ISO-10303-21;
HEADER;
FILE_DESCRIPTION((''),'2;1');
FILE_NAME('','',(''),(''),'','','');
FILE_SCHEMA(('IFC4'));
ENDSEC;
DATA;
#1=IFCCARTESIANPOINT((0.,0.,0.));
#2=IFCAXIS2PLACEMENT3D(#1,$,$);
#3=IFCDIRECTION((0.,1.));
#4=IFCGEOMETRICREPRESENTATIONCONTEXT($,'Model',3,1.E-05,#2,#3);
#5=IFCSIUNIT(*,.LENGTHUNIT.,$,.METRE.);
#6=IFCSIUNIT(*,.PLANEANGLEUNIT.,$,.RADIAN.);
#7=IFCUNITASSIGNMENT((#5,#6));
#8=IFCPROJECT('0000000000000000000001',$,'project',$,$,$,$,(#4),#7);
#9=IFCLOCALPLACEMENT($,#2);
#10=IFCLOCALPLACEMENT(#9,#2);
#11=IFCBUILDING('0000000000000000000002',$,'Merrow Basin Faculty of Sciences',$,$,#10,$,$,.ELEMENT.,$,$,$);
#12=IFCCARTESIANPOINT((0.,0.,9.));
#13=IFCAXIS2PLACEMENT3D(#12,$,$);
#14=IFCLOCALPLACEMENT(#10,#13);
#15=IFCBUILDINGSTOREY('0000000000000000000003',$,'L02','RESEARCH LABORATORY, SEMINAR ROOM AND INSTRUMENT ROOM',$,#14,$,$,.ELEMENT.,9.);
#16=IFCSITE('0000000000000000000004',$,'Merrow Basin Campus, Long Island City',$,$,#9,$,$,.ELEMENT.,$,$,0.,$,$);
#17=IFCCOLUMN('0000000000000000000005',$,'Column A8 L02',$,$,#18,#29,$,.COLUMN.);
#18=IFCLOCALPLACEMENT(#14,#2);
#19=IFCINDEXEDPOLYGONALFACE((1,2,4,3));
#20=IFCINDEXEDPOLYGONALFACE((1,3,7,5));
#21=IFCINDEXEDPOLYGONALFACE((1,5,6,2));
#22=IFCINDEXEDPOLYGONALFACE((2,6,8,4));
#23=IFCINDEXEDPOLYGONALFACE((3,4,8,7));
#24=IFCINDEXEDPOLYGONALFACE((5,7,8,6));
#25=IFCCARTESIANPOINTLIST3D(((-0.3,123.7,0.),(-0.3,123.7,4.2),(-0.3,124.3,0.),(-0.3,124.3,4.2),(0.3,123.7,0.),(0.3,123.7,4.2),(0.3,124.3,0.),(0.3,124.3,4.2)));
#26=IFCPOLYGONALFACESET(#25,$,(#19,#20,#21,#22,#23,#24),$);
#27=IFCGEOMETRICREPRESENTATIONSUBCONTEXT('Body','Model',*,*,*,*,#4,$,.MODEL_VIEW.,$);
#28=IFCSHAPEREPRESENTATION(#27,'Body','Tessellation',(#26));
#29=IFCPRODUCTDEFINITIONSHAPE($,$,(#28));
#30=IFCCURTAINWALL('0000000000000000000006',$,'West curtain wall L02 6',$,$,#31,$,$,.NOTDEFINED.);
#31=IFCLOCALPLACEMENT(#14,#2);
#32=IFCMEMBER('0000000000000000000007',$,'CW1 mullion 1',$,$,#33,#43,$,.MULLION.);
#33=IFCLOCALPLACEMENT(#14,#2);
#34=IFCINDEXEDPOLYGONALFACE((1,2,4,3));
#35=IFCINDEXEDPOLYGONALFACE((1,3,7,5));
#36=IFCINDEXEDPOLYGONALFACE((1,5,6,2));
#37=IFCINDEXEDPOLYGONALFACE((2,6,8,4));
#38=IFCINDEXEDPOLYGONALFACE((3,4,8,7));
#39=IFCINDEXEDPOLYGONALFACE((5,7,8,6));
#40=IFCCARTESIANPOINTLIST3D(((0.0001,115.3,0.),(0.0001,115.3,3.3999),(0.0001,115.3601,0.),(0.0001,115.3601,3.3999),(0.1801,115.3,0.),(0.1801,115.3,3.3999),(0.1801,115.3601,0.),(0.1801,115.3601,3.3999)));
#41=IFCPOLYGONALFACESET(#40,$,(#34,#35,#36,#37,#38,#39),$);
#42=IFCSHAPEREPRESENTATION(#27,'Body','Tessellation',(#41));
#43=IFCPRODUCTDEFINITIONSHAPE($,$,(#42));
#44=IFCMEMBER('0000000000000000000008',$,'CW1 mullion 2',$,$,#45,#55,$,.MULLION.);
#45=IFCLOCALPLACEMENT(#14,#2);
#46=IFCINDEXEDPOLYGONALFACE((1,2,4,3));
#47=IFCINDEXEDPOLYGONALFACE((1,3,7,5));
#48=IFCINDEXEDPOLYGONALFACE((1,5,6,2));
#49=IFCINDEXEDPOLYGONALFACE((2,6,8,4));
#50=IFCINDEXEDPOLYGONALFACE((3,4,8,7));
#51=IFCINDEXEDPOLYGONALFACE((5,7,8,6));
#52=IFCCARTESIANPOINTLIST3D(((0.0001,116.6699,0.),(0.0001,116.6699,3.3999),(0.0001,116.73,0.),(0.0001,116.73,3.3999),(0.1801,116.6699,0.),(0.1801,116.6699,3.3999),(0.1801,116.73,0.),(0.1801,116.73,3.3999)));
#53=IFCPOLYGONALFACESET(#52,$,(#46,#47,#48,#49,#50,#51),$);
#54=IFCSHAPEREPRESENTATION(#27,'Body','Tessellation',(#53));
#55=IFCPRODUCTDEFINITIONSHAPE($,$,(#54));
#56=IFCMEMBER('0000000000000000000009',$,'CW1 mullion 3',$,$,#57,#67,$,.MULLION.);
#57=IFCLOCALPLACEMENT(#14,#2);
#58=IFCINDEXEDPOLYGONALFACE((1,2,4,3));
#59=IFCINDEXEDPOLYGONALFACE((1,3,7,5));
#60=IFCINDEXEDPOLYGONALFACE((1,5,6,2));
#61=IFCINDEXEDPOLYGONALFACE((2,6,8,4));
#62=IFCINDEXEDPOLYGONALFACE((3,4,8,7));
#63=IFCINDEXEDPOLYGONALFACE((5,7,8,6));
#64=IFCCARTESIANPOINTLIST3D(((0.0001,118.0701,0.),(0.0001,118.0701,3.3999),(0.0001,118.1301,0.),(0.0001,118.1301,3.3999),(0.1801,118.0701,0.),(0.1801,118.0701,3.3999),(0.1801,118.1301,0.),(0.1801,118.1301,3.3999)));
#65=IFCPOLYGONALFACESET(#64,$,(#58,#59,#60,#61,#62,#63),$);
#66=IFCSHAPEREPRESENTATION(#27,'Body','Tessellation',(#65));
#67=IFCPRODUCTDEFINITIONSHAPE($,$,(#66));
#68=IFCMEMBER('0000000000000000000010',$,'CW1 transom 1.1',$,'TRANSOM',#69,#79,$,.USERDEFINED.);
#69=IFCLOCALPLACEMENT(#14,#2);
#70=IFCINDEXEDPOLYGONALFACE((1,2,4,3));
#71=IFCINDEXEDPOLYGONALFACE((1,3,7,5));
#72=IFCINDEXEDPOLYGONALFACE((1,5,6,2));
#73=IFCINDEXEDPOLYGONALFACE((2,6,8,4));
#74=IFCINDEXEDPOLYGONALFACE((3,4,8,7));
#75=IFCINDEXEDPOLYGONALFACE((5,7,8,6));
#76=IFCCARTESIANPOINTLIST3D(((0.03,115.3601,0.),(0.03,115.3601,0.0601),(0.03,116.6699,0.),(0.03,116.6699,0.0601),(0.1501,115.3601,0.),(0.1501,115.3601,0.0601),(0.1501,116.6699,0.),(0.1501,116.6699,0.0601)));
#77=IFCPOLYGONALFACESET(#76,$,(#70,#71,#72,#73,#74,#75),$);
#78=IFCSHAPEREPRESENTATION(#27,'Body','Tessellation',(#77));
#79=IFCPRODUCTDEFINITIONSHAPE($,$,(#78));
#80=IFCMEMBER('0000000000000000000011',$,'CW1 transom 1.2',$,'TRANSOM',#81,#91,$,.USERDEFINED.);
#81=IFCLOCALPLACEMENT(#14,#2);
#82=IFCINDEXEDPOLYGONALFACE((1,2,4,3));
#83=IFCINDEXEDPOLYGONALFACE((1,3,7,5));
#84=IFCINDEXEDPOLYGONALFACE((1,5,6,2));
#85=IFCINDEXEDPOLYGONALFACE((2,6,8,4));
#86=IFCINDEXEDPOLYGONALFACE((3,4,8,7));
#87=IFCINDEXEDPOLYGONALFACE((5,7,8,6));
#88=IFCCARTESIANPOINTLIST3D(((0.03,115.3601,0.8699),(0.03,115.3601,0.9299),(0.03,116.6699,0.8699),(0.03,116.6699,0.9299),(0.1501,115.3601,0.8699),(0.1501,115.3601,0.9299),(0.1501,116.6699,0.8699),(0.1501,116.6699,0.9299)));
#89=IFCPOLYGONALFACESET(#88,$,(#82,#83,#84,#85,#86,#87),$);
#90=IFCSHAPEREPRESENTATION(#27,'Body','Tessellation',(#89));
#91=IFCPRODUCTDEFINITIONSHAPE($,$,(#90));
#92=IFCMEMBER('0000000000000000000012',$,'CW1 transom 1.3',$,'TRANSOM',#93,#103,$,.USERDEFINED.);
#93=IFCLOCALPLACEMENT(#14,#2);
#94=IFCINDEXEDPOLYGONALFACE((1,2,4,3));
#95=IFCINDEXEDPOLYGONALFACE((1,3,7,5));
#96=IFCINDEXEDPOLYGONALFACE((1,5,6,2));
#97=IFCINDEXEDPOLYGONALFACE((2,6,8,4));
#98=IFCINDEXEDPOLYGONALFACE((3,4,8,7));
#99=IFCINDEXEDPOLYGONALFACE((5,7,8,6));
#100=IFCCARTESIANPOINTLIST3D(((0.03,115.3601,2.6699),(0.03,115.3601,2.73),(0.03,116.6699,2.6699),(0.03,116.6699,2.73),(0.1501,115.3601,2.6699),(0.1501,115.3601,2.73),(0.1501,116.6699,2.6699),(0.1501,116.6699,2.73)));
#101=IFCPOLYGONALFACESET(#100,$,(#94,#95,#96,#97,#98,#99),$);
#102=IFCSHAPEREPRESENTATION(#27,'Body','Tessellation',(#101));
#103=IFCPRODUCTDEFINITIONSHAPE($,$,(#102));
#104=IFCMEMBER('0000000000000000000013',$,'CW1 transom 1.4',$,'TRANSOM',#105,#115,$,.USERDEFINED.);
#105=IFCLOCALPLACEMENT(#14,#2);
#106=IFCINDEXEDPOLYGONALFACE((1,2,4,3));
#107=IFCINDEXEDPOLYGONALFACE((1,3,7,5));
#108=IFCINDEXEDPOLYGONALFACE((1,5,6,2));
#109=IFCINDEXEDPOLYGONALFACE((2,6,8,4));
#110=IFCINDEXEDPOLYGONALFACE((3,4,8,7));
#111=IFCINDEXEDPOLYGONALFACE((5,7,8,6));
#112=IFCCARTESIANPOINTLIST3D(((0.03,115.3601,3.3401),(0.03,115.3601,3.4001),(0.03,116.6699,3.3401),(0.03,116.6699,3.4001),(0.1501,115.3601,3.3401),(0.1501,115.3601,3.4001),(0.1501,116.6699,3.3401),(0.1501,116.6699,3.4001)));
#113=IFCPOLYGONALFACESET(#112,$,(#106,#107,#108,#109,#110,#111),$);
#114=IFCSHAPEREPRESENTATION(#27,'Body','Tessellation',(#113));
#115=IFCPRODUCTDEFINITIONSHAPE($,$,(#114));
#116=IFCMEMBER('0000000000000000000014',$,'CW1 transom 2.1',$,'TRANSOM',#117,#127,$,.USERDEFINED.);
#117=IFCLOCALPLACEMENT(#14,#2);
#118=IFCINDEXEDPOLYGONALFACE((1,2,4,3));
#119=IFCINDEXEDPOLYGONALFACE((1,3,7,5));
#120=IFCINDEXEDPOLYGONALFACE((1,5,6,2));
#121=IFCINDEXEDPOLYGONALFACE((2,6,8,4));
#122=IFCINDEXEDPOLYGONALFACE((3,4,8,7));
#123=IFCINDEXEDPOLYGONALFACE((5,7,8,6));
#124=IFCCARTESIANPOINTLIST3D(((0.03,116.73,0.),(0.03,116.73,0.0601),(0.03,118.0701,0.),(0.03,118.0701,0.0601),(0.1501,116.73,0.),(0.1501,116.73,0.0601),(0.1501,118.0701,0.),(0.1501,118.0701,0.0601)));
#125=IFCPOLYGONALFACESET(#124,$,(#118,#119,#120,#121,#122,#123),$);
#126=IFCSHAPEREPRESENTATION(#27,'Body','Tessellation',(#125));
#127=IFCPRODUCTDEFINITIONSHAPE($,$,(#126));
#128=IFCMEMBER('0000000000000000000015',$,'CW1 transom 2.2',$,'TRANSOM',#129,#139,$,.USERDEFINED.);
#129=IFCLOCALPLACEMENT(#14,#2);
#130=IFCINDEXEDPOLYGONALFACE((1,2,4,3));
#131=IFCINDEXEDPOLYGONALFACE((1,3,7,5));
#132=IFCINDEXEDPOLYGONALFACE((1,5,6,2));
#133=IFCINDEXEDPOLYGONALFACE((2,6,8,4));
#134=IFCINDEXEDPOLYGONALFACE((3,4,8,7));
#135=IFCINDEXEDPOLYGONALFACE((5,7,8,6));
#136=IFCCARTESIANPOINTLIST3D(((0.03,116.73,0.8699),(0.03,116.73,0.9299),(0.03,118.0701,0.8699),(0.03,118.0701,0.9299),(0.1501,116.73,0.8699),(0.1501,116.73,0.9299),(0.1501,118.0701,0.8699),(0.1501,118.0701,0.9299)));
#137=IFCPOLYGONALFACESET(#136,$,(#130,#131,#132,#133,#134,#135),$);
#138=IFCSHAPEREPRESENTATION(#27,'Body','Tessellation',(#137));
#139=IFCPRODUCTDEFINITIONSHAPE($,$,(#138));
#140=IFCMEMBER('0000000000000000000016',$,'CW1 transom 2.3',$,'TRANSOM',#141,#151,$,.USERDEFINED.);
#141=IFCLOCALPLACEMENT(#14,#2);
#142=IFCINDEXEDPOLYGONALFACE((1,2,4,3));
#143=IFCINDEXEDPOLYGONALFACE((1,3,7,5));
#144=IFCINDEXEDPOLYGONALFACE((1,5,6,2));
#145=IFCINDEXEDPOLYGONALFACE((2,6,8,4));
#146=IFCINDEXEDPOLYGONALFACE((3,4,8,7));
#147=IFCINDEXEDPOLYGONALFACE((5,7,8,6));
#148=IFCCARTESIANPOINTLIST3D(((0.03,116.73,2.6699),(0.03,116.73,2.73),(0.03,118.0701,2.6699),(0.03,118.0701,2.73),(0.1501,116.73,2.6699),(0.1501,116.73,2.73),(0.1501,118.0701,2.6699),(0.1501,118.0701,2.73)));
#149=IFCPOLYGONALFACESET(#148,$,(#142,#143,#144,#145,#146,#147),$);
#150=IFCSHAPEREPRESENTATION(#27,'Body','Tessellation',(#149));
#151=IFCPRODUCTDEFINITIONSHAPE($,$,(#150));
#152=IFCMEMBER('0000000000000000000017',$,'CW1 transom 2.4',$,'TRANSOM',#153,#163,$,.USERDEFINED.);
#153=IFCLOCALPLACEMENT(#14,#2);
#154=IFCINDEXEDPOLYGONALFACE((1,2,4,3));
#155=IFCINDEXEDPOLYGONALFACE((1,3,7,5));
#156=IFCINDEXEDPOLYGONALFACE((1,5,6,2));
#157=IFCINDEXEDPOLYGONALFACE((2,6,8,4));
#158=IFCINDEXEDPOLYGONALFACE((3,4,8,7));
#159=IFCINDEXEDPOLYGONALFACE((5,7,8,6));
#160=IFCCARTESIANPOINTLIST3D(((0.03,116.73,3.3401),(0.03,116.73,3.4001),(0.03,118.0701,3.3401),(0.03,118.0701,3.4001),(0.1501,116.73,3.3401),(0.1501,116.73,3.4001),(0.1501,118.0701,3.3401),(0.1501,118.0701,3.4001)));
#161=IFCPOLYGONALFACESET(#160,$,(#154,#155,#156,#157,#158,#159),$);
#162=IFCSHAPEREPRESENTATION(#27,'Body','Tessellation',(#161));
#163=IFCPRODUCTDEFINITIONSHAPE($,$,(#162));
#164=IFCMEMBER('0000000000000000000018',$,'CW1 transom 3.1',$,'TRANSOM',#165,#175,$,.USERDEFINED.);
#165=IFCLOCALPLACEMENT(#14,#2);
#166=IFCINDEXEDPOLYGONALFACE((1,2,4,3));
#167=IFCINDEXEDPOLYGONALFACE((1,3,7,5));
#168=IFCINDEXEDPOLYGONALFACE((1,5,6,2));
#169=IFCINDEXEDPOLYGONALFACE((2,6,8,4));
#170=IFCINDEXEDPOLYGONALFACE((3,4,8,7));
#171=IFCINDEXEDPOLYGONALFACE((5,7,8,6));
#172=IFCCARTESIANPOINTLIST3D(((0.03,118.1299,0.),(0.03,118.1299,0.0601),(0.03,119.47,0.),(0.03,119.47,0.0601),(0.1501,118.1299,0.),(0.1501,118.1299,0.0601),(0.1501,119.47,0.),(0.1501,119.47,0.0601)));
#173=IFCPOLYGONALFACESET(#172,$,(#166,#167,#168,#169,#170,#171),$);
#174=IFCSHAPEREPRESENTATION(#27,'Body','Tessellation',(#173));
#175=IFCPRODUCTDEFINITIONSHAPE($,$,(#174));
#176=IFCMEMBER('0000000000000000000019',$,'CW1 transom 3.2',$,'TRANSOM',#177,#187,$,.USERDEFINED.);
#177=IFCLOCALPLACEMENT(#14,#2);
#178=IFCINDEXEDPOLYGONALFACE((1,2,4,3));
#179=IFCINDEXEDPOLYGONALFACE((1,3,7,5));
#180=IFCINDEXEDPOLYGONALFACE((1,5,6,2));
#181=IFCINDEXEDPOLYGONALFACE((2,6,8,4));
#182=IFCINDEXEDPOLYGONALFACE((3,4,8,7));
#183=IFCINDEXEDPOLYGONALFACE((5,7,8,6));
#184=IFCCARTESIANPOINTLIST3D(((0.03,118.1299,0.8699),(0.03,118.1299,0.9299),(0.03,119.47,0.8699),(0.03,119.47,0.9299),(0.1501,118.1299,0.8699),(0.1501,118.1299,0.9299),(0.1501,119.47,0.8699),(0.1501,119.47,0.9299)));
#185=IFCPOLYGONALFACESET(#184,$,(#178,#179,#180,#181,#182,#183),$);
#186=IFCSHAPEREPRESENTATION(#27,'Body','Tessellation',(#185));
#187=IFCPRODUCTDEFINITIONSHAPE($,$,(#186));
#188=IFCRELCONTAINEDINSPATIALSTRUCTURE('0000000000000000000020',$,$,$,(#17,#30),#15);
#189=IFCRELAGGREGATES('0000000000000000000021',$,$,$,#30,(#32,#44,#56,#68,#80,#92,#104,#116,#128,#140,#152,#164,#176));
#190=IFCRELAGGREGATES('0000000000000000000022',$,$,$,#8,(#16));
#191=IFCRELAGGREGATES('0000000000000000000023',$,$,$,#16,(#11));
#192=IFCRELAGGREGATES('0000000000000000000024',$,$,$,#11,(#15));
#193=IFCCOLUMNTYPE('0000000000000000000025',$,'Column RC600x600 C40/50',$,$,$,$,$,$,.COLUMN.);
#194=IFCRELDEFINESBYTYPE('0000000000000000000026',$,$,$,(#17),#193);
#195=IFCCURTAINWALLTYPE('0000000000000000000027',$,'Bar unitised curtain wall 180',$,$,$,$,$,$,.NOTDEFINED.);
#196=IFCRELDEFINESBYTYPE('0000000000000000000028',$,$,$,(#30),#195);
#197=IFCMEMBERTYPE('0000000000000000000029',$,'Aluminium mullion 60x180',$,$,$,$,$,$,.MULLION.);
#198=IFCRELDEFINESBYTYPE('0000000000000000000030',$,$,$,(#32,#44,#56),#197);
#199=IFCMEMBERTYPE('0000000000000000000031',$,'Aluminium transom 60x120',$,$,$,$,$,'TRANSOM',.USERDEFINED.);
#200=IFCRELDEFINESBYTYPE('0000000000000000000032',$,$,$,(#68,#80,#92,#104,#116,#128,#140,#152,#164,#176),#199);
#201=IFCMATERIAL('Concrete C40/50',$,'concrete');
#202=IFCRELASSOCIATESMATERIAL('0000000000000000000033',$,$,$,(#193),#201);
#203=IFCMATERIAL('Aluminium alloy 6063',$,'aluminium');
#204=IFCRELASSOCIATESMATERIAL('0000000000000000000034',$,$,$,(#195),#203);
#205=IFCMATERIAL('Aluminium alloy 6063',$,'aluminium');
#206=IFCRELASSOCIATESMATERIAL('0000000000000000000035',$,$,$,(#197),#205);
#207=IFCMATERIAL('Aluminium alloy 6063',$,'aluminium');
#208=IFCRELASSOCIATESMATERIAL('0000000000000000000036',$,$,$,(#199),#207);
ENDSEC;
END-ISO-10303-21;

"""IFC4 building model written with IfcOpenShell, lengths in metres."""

from ifc_helpers import new_model, si_unit, direction, frame, origin, origin_2d, place, context, subcontext, project, spatial, rectangle, extrude, material, material_profile, profile_set, type_object, element, aggregate, save


model = new_model("IFC4")

# Units and contexts
model_context = context("Model", 3, precision=1e-05, world=origin(), true_north=direction((0.0, 1.0)))
body_context = subcontext(model_context, "Body", "Model", "MODEL_VIEW")
ifc_project = project(units=[si_unit("LENGTHUNIT", "METRE"), si_unit("PLANEANGLEUNIT", "RADIAN")], contexts=[model_context])

# Site, building, storey
site_placement = place(None, origin())
site = spatial("IfcSite", under=ifc_project, at=site_placement, Name="Merrow Basin Campus, Long Island City", CompositionType="ELEMENT", RefElevation=0.0)
building_placement = place(site_placement, origin())
building = spatial("IfcBuilding", under=site, at=building_placement, Name="Merrow Basin Faculty of Sciences", CompositionType="ELEMENT")
storey_placement = place(building_placement, frame((0.0, 0.0, 9.0)))
storey = spatial("IfcBuildingStorey", under=building, at=storey_placement, Name="L02", Description="RESEARCH LABORATORY, SEMINAR ROOM AND INSTRUMENT ROOM", CompositionType="ELEMENT", Elevation=9.0)

# Column
ifc_material_1 = material(Name="Concrete C40/50", Category="concrete")
ifc_material_profile_1 = material_profile(ifc_material_1, rectangle(XDim=0.6001, YDim=0.6001, at=origin_2d()))
ifc_profile_set_1 = profile_set([ifc_material_profile_1], Name="Concrete C40/50")
column_type = type_object("IfcColumnType", Name="Column RC600x600 C40/50", PredefinedType="COLUMN", material=ifc_profile_set_1)
column_placement = place(storey_placement, frame((0.0, 124.0, 0.0), z_axis=(0.0, 0.0, 1.0), x_axis=(1.0, 0.0, 0.0)))
element("IfcColumn", 1, at=column_placement, inside=storey, type_object=column_type, Name="Column A8 L02", PredefinedType="COLUMN", context=body_context, shape_type="SweptSolid", body=[
    extrude(rectangle(XDim=0.6001, YDim=0.6001, at=origin_2d()), origin(), (0.0, 0.0, 1.0), 4.2),
])

# Curtain wall, members
ifc_material_2 = material(Name="Aluminium alloy 6063", Category="aluminium")
curtain_wall_type = type_object("IfcCurtainWallType", Name="Bar unitised curtain wall 180", PredefinedType="NOTDEFINED", material=ifc_material_2)
curtain_wall_placement = place(storey_placement, origin())
curtain_wall = element("IfcCurtainWall", 2, at=curtain_wall_placement, inside=storey, type_object=curtain_wall_type, Name="West curtain wall L02 6", PredefinedType="NOTDEFINED")
ifc_material_3 = material(Name="Aluminium alloy 6063", Category="aluminium")
ifc_material_profile_2 = material_profile(ifc_material_3, rectangle(XDim=0.1799, YDim=0.0601, at=origin_2d()))
ifc_profile_set_2 = profile_set([ifc_material_profile_2], Name="Aluminium alloy 6063")
member_type_1 = type_object("IfcMemberType", Name="Aluminium mullion 60x180", PredefinedType="MULLION", material=ifc_profile_set_2)
member_1_placement = place(storey_placement, frame((0.0901, 115.3301, 0.0), z_axis=(0.0, 0.0, 1.0), x_axis=(-1.0, 0.0, 0.0)))
member_1 = element("IfcMember", 3, at=member_1_placement, type_object=member_type_1, Name="CW1 mullion 1", PredefinedType="MULLION", context=body_context, shape_type="SweptSolid", body=[
    extrude(rectangle(XDim=0.1799, YDim=0.0601, at=origin_2d()), origin(), (0.0, 0.0, 1.0), 3.3999),
])
member_2_placement = place(storey_placement, frame((0.0901, 116.7, 0.0), z_axis=(0.0, 0.0, 1.0), x_axis=(-1.0, 0.0, 0.0)))
member_2 = element("IfcMember", 4, at=member_2_placement, type_object=member_type_1, Name="CW1 mullion 2", PredefinedType="MULLION", context=body_context, shape_type="SweptSolid", body=[
    extrude(rectangle(XDim=0.1799, YDim=0.0601, at=origin_2d()), origin(), (0.0, 0.0, 1.0), 3.3999),
])
member_3_placement = place(storey_placement, frame((0.0901, 118.1001, 0.0), z_axis=(0.0, 0.0, 1.0), x_axis=(-1.0, 0.0, 0.0)))
member_3 = element("IfcMember", 5, at=member_3_placement, type_object=member_type_1, Name="CW1 mullion 3", PredefinedType="MULLION", context=body_context, shape_type="SweptSolid", body=[
    extrude(rectangle(XDim=0.1799, YDim=0.0601, at=origin_2d()), origin(), (0.0, 0.0, 1.0), 3.3999),
])
ifc_material_4 = material(Name="Aluminium alloy 6063", Category="aluminium")
ifc_material_profile_3 = material_profile(ifc_material_4, rectangle(XDim=0.1201, YDim=0.0601, at=origin_2d()))
ifc_profile_set_3 = profile_set([ifc_material_profile_3], Name="Aluminium alloy 6063")
member_type_2 = type_object("IfcMemberType", Name="Aluminium transom 60x120", ElementType="TRANSOM", PredefinedType="USERDEFINED", material=ifc_profile_set_3)
member_4_placement = place(storey_placement, frame((0.0901, 115.3601, 0.03), z_axis=(0.0, 1.0, 0.0), x_axis=(-1.0, 0.0, 0.0)))
member_4 = element("IfcMember", 6, at=member_4_placement, type_object=member_type_2, Name="CW1 transom 1.1", ObjectType="TRANSOM", PredefinedType="USERDEFINED", context=body_context, shape_type="SweptSolid", body=[
    extrude(rectangle(XDim=0.1201, YDim=0.0601, at=origin_2d()), origin(), (0.0, 0.0, 1.0), 1.3098),
])
member_5_placement = place(storey_placement, frame((0.0901, 115.3601, 0.8999), z_axis=(0.0, 1.0, 0.0), x_axis=(-1.0, 0.0, 0.0)))
member_5 = element("IfcMember", 7, at=member_5_placement, type_object=member_type_2, Name="CW1 transom 1.2", ObjectType="TRANSOM", PredefinedType="USERDEFINED", context=body_context, shape_type="SweptSolid", body=[
    extrude(rectangle(XDim=0.1201, YDim=0.0601, at=origin_2d()), origin(), (0.0, 0.0, 1.0), 1.3098),
])
member_6_placement = place(storey_placement, frame((0.0901, 115.3601, 2.7), z_axis=(0.0, 1.0, 0.0), x_axis=(-1.0, 0.0, 0.0)))
member_6 = element("IfcMember", 8, at=member_6_placement, type_object=member_type_2, Name="CW1 transom 1.3", ObjectType="TRANSOM", PredefinedType="USERDEFINED", context=body_context, shape_type="SweptSolid", body=[
    extrude(rectangle(XDim=0.1201, YDim=0.0601, at=origin_2d()), origin(), (0.0, 0.0, 1.0), 1.3098),
])
member_7_placement = place(storey_placement, frame((0.0901, 115.3601, 3.3701), z_axis=(0.0, 1.0, 0.0), x_axis=(-1.0, 0.0, 0.0)))
member_7 = element("IfcMember", 9, at=member_7_placement, type_object=member_type_2, Name="CW1 transom 1.4", ObjectType="TRANSOM", PredefinedType="USERDEFINED", context=body_context, shape_type="SweptSolid", body=[
    extrude(rectangle(XDim=0.1201, YDim=0.0601, at=origin_2d()), origin(), (0.0, 0.0, 1.0), 1.3098),
])
member_8_placement = place(storey_placement, frame((0.0901, 116.73, 0.03), z_axis=(0.0, 1.0, 0.0), x_axis=(-1.0, 0.0, 0.0)))
member_8 = element("IfcMember", 10, at=member_8_placement, type_object=member_type_2, Name="CW1 transom 2.1", ObjectType="TRANSOM", PredefinedType="USERDEFINED", context=body_context, shape_type="SweptSolid", body=[
    extrude(rectangle(XDim=0.1201, YDim=0.0601, at=origin_2d()), origin(), (0.0, 0.0, 1.0), 1.3401),
])
member_9_placement = place(storey_placement, frame((0.0901, 116.73, 0.8999), z_axis=(0.0, 1.0, 0.0), x_axis=(-1.0, 0.0, 0.0)))
member_9 = element("IfcMember", 11, at=member_9_placement, type_object=member_type_2, Name="CW1 transom 2.2", ObjectType="TRANSOM", PredefinedType="USERDEFINED", context=body_context, shape_type="SweptSolid", body=[
    extrude(rectangle(XDim=0.1201, YDim=0.0601, at=origin_2d()), origin(), (0.0, 0.0, 1.0), 1.3401),
])
member_10_placement = place(storey_placement, frame((0.0901, 116.73, 2.7), z_axis=(0.0, 1.0, 0.0), x_axis=(-1.0, 0.0, 0.0)))
member_10 = element("IfcMember", 12, at=member_10_placement, type_object=member_type_2, Name="CW1 transom 2.3", ObjectType="TRANSOM", PredefinedType="USERDEFINED", context=body_context, shape_type="SweptSolid", body=[
    extrude(rectangle(XDim=0.1201, YDim=0.0601, at=origin_2d()), origin(), (0.0, 0.0, 1.0), 1.3401),
])
member_11_placement = place(storey_placement, frame((0.0901, 116.73, 3.3701), z_axis=(0.0, 1.0, 0.0), x_axis=(-1.0, 0.0, 0.0)))
member_11 = element("IfcMember", 13, at=member_11_placement, type_object=member_type_2, Name="CW1 transom 2.4", ObjectType="TRANSOM", PredefinedType="USERDEFINED", context=body_context, shape_type="SweptSolid", body=[
    extrude(rectangle(XDim=0.1201, YDim=0.0601, at=origin_2d()), origin(), (0.0, 0.0, 1.0), 1.3401),
])
member_12_placement = place(storey_placement, frame((0.0901, 118.1299, 0.03), z_axis=(0.0, 1.0, 0.0), x_axis=(-1.0, 0.0, 0.0)))
member_12 = element("IfcMember", 14, at=member_12_placement, type_object=member_type_2, Name="CW1 transom 3.1", ObjectType="TRANSOM", PredefinedType="USERDEFINED", context=body_context, shape_type="SweptSolid", body=[
    extrude(rectangle(XDim=0.1201, YDim=0.0601, at=origin_2d()), origin(), (0.0, 0.0, 1.0), 1.3401),
])
member_13_placement = place(storey_placement, frame((0.0901, 118.1299, 0.8999), z_axis=(0.0, 1.0, 0.0), x_axis=(-1.0, 0.0, 0.0)))
member_13 = element("IfcMember", 15, at=member_13_placement, type_object=member_type_2, Name="CW1 transom 3.2", ObjectType="TRANSOM", PredefinedType="USERDEFINED", context=body_context, shape_type="SweptSolid", body=[
    extrude(rectangle(XDim=0.1201, YDim=0.0601, at=origin_2d()), origin(), (0.0, 0.0, 1.0), 1.3401),
])
aggregate(curtain_wall, [member_1, member_2, member_3, member_4, member_5, member_6, member_7, member_8, member_9, member_10, member_11, member_12, member_13])

save(model, "model.ifc")
